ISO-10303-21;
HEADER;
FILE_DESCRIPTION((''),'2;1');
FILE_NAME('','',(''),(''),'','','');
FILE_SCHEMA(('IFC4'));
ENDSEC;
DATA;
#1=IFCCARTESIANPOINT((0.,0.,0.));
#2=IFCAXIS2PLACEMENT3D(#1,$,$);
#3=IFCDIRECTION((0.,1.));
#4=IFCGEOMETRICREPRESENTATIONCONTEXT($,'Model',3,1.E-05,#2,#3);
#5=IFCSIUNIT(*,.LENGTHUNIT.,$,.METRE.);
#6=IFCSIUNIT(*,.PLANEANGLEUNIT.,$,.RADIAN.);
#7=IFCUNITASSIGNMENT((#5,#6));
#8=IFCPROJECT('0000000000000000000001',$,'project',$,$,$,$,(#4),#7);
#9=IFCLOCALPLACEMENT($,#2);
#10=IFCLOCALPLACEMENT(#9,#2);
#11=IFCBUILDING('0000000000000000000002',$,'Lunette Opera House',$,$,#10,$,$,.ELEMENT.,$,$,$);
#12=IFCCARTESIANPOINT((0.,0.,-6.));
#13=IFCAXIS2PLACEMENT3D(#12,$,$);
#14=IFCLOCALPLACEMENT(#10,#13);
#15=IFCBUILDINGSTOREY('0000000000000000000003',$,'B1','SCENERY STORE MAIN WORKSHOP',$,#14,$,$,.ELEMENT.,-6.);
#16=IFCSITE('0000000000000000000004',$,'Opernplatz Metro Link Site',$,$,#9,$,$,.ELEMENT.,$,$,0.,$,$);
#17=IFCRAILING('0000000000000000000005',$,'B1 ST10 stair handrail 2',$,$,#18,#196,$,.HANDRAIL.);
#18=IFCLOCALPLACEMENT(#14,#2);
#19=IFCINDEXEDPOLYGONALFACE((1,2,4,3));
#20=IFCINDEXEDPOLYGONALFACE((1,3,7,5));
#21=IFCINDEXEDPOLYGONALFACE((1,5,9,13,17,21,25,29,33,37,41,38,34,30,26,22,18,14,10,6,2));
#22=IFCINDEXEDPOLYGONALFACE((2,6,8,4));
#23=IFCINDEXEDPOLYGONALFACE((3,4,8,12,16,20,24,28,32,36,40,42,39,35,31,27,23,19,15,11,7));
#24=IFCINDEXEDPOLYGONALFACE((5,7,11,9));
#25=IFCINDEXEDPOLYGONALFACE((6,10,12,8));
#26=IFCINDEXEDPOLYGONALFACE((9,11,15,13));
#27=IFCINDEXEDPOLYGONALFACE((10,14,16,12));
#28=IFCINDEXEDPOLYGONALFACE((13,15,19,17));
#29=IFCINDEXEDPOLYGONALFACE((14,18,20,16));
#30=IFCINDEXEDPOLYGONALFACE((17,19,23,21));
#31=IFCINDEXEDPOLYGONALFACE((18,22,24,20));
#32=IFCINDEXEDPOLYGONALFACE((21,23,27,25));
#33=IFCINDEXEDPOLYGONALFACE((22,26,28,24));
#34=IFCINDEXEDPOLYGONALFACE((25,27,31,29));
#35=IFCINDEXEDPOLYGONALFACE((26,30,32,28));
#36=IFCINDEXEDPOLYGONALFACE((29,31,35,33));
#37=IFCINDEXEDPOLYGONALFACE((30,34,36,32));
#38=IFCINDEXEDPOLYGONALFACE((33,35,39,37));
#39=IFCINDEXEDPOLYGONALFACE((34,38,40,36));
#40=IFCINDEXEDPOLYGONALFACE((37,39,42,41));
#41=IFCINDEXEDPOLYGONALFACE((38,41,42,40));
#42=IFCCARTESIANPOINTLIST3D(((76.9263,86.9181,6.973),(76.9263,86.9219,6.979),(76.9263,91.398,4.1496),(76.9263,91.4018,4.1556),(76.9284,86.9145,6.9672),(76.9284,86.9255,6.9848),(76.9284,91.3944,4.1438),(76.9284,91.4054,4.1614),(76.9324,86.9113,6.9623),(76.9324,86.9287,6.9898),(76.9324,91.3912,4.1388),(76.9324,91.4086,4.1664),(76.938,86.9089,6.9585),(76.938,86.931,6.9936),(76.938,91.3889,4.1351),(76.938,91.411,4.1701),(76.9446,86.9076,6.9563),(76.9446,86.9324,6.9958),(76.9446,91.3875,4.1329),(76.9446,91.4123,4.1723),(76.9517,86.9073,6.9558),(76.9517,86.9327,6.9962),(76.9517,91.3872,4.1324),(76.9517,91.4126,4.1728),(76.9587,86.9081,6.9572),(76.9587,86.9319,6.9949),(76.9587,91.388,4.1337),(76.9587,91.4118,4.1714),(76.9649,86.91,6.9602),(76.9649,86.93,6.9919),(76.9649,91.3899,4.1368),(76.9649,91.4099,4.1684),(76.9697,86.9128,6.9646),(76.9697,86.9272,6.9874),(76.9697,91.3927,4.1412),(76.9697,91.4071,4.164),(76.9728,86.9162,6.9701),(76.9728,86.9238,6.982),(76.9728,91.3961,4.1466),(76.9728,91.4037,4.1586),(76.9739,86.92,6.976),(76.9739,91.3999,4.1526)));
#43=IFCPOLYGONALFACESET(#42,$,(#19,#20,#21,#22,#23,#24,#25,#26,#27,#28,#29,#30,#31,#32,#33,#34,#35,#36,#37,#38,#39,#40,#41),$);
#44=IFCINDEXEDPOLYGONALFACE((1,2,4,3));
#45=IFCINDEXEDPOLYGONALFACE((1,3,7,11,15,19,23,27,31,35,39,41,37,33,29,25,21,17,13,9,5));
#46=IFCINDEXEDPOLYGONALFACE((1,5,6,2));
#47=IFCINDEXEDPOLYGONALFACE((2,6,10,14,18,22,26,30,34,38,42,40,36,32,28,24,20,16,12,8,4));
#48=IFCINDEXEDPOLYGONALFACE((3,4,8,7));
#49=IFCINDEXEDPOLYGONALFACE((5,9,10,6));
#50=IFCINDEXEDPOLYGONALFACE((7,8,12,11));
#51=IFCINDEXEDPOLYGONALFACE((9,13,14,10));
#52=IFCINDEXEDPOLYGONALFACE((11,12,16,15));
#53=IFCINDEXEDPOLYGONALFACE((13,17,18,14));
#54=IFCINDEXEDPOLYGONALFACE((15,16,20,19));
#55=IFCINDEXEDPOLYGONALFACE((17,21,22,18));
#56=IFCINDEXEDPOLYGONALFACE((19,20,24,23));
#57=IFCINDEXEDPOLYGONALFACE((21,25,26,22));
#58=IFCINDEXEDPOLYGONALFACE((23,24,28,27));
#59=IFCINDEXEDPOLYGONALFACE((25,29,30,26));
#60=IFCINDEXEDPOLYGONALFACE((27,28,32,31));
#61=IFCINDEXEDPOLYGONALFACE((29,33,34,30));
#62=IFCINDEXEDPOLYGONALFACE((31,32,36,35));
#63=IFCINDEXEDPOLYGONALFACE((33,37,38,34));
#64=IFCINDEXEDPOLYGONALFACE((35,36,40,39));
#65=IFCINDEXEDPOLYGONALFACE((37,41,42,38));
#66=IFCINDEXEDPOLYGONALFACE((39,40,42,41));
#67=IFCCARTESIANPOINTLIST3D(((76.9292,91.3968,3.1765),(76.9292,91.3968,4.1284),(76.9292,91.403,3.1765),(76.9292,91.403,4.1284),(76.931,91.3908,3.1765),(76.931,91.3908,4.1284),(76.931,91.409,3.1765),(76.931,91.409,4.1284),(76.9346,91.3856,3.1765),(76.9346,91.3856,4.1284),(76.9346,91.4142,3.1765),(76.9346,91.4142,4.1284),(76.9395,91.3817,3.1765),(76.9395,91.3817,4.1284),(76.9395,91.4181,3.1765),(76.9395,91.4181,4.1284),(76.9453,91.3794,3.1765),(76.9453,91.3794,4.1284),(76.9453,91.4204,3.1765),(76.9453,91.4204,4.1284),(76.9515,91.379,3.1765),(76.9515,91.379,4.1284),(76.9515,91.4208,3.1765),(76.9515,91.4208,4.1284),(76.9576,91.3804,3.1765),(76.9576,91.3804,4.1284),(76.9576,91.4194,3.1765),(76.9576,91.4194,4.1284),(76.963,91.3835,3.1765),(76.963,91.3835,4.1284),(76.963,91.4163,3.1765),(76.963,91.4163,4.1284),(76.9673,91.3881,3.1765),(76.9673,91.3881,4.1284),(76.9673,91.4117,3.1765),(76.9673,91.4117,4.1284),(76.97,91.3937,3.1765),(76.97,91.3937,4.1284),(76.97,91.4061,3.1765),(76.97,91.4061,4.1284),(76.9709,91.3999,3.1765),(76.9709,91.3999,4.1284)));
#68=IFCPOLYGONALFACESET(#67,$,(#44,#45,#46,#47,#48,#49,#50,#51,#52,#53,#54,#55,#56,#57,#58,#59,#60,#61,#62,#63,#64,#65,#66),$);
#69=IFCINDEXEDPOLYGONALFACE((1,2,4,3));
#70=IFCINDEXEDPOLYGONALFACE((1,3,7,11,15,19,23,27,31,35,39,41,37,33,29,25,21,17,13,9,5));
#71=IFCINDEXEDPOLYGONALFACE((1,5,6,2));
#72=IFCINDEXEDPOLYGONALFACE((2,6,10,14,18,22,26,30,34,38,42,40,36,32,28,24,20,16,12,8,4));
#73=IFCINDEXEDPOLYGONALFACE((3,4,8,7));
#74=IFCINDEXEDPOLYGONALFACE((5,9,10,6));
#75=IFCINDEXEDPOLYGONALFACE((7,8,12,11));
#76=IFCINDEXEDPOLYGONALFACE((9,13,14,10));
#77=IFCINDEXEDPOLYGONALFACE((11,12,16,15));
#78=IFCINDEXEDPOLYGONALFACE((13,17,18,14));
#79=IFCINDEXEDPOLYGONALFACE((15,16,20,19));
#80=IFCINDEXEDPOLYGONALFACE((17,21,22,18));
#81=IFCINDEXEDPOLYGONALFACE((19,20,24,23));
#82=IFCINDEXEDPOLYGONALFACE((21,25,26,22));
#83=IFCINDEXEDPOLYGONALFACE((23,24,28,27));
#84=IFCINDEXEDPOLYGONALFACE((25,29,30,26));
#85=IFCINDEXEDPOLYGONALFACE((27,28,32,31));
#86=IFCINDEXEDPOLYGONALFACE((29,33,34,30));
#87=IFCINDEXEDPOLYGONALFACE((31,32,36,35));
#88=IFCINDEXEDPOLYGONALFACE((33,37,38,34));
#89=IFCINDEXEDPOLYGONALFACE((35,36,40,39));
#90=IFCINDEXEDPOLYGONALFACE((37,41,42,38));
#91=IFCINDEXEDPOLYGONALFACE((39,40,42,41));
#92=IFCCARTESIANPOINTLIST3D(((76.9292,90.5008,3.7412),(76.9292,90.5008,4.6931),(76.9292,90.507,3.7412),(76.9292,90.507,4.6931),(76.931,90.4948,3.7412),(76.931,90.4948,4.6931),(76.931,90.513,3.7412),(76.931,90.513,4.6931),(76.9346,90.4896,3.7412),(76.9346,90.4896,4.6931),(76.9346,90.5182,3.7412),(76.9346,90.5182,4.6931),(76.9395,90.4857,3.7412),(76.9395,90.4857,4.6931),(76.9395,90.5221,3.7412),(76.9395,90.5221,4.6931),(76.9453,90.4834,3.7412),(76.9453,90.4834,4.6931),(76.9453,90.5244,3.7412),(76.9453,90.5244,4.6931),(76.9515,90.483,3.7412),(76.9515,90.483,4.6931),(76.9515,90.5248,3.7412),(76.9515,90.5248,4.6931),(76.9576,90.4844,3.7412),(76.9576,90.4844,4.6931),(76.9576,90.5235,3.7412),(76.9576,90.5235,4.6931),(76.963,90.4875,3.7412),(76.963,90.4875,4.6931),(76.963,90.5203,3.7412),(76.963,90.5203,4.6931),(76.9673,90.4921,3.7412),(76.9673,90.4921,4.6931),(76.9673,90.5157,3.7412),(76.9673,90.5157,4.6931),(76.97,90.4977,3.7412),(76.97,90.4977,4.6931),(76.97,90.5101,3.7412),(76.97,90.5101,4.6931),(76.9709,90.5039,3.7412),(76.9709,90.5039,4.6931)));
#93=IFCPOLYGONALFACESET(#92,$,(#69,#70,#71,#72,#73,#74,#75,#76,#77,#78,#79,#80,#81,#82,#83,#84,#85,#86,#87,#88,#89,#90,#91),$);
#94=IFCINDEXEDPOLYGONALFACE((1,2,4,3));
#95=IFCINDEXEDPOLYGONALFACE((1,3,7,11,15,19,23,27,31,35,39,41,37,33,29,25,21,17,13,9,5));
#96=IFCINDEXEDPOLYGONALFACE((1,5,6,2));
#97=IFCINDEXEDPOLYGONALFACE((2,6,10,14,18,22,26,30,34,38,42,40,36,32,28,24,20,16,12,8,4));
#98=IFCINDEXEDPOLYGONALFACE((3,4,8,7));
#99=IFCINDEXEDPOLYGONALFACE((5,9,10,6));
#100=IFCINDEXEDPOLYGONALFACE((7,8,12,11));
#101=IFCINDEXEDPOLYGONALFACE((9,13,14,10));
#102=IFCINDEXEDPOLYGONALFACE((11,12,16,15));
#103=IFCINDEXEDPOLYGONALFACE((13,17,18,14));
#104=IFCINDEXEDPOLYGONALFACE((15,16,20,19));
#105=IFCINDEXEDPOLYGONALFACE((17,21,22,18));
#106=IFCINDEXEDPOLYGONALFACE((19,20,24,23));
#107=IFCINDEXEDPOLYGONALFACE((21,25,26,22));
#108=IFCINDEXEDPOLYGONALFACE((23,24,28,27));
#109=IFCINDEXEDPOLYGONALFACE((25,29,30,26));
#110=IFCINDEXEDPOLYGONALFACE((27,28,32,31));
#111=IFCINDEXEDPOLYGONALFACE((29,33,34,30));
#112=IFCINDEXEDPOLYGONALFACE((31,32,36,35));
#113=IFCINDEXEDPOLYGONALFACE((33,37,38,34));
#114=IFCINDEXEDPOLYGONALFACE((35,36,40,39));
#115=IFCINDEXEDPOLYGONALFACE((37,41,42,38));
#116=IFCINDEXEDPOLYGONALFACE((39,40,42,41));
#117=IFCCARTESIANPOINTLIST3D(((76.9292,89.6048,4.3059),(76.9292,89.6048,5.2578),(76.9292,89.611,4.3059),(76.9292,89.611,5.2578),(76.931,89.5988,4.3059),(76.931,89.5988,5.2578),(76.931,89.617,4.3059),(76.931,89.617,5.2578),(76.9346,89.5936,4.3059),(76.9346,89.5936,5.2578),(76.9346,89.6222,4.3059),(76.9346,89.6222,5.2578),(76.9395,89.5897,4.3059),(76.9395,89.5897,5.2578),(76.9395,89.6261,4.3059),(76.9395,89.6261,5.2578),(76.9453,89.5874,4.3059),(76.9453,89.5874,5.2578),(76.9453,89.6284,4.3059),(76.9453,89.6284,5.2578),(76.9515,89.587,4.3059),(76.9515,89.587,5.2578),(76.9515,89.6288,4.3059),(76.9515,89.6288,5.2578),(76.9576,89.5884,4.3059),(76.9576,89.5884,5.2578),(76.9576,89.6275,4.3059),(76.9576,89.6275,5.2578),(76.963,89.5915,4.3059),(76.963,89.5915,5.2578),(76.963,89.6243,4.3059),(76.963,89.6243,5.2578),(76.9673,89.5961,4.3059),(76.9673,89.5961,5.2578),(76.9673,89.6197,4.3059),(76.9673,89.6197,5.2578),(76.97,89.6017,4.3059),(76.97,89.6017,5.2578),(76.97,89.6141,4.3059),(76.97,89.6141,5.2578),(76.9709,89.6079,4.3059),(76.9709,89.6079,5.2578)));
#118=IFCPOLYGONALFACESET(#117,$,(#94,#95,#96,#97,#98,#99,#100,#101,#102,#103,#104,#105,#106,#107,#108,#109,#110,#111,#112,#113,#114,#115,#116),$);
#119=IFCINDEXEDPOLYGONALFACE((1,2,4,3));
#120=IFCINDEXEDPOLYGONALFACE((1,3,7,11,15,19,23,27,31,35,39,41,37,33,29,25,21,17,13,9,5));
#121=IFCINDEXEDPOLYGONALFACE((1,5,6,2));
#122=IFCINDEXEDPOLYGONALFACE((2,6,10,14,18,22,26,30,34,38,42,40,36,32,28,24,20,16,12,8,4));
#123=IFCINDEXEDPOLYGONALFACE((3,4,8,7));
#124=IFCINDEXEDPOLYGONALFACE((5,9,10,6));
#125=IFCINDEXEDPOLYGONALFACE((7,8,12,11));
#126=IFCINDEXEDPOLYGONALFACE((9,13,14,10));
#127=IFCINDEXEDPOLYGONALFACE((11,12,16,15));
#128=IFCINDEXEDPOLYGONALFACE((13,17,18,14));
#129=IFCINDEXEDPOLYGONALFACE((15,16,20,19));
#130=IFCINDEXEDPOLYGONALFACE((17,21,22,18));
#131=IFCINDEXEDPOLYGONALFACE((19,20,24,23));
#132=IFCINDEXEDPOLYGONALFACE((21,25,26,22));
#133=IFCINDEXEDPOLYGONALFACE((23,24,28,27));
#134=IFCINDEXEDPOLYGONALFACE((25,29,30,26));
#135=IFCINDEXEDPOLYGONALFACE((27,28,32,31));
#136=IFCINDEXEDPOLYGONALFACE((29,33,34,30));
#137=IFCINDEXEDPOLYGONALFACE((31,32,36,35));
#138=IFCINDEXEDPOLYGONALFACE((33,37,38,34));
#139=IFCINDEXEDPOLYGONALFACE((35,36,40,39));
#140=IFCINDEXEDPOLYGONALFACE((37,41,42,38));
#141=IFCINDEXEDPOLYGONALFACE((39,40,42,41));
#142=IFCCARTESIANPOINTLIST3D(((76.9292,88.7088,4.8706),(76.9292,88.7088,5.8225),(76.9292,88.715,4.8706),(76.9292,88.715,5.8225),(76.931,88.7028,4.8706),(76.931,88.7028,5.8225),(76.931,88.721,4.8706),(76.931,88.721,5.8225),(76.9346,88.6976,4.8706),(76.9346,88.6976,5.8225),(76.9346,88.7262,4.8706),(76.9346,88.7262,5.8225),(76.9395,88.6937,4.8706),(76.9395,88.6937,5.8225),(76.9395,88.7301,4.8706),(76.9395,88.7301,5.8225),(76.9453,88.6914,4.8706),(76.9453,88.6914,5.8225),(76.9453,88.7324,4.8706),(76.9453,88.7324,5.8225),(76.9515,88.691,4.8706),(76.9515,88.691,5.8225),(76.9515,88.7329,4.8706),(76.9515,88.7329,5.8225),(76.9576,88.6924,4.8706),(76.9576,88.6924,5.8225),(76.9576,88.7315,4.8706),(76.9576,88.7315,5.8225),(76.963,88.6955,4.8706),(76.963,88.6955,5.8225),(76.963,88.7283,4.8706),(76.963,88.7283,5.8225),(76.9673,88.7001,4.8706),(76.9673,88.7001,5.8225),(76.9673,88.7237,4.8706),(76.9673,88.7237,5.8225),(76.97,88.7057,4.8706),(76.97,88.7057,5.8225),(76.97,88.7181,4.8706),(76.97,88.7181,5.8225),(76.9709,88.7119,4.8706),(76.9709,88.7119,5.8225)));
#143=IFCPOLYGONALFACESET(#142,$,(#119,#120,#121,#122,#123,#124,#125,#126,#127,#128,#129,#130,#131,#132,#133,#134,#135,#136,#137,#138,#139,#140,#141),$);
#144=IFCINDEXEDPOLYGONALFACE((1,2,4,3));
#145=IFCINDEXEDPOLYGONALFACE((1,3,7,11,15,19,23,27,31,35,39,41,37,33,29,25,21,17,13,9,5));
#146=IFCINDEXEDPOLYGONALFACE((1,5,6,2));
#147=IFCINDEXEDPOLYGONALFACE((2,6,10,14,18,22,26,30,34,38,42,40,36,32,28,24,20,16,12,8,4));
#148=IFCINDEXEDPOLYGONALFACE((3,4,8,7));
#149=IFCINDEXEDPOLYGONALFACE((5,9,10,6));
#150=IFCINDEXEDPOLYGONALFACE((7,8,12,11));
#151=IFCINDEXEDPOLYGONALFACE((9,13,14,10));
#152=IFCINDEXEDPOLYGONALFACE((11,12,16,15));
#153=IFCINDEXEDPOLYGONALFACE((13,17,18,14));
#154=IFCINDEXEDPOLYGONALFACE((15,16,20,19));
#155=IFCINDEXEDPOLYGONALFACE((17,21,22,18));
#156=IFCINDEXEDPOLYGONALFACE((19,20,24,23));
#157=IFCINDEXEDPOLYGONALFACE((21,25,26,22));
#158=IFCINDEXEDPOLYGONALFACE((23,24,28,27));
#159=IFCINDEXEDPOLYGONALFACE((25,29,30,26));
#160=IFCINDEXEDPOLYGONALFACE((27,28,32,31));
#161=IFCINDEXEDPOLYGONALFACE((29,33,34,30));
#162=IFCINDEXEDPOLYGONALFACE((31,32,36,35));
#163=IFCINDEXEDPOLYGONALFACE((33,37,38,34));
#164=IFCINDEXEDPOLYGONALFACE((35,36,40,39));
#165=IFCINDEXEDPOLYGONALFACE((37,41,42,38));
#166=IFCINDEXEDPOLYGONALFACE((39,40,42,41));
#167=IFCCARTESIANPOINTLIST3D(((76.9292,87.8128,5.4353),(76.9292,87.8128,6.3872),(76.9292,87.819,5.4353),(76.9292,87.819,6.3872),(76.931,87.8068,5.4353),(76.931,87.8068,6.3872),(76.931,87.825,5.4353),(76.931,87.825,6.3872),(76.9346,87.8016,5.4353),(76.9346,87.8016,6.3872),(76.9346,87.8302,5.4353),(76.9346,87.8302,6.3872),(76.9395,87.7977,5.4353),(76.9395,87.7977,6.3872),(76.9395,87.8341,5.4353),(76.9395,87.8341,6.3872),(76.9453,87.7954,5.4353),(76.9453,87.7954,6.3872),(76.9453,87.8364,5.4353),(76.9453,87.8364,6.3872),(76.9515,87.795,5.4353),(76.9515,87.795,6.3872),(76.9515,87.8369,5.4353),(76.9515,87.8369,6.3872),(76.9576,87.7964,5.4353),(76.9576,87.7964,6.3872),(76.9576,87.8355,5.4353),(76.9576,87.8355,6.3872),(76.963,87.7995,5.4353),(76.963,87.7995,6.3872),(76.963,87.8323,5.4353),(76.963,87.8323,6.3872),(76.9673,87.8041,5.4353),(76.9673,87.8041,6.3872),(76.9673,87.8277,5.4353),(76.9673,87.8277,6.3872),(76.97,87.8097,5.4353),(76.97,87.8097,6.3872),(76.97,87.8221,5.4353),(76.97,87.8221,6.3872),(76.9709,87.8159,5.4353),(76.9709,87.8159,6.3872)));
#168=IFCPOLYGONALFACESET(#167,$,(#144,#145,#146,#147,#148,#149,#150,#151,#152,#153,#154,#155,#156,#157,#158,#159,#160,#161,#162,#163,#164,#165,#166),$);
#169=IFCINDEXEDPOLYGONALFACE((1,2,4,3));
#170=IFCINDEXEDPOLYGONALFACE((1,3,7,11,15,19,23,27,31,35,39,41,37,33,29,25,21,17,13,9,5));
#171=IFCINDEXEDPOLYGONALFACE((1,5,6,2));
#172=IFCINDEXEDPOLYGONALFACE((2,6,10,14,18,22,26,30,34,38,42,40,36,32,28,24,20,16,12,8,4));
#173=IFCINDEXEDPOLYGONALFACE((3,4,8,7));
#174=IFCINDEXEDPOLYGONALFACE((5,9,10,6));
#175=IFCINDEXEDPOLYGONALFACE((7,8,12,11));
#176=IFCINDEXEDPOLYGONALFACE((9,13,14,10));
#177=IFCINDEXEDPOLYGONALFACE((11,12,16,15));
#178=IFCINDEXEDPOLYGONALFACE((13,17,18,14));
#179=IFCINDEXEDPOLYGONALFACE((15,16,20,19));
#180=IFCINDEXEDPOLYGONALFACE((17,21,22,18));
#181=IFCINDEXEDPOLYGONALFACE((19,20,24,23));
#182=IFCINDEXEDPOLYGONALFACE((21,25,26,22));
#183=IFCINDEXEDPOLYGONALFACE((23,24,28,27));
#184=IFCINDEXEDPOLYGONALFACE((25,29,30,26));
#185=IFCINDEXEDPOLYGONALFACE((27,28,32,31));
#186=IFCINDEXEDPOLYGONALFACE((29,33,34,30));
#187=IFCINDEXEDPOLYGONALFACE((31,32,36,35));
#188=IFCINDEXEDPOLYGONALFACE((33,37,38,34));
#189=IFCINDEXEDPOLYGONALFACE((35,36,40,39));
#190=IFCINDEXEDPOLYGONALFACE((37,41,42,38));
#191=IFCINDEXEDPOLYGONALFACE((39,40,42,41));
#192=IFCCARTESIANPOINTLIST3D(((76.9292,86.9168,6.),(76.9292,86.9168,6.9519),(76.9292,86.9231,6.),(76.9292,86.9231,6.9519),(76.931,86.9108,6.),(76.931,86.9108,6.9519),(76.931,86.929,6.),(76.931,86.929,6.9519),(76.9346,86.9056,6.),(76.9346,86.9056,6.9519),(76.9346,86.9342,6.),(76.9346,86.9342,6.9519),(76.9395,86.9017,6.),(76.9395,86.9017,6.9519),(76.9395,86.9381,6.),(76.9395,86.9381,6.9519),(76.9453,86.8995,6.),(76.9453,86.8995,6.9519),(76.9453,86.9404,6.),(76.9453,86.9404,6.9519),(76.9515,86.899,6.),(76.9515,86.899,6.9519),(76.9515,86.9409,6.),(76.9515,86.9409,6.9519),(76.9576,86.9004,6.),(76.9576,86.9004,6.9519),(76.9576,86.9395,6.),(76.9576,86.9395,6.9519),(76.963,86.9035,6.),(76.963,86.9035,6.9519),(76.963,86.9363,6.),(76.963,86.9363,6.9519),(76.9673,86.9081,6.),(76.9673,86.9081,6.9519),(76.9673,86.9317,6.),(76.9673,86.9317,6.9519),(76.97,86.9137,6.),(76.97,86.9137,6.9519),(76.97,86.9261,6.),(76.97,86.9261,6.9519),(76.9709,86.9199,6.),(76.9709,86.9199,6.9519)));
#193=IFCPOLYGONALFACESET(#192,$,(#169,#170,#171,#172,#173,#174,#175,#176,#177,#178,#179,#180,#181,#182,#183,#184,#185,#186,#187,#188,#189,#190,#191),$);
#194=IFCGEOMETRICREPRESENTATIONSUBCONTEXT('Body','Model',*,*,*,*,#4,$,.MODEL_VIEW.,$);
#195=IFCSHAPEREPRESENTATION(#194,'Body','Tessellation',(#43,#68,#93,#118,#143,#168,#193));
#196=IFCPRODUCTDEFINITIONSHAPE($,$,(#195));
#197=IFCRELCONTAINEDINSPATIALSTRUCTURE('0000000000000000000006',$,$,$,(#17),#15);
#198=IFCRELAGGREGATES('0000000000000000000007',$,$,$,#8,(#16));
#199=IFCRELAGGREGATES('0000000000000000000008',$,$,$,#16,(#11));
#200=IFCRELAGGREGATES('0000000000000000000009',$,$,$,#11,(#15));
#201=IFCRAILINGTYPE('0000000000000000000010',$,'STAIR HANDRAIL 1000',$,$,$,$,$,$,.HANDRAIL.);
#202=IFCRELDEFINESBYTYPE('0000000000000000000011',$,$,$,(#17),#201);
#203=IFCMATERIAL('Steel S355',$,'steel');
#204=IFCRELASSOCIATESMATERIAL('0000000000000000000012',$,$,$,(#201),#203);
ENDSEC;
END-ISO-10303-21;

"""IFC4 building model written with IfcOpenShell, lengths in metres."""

from ifc_helpers import new_model, si_unit, direction, frame, origin, origin_2d, place, context, subcontext, project, spatial, circle, extrude, material, type_object, element, save


model = new_model("IFC4")

# Units and contexts
model_context = context("Model", 3, precision=1e-05, world=origin(), true_north=direction((0.0, 1.0)))
body_context = subcontext(model_context, "Body", "Model", "MODEL_VIEW")
ifc_project = project(units=[si_unit("LENGTHUNIT", "METRE"), si_unit("PLANEANGLEUNIT", "RADIAN")], contexts=[model_context])

# Site, building, storey
site_placement = place(None, origin())
site = spatial("IfcSite", under=ifc_project, at=site_placement, Name="Opernplatz Metro Link Site", CompositionType="ELEMENT", RefElevation=0.0)
building_placement = place(site_placement, origin())
building = spatial("IfcBuilding", under=site, at=building_placement, Name="Lunette Opera House", CompositionType="ELEMENT")
storey_placement = place(building_placement, frame((0.0, 0.0, -6.0)))
storey = spatial("IfcBuildingStorey", under=building, at=storey_placement, Name="B1", Description="SCENERY STORE MAIN WORKSHOP", CompositionType="ELEMENT", Elevation=-6.0)

# Railing
ifc_material_1 = material(Name="Steel S355", Category="steel")
railing_type_1 = type_object("IfcRailingType", Name="STAIR HANDRAIL 1000", PredefinedType="HANDRAIL", material=ifc_material_1)
railing_1_placement = place(storey_placement, frame((76.95, 91.3999, 3.1765)))
element("IfcRailing", 1, at=railing_1_placement, inside=storey, type_object=railing_type_1, Name="B1 ST10 stair handrail 2", PredefinedType="HANDRAIL", context=body_context, shape_type="SweptSolid", body=[
    extrude(circle(Radius=0.0239, at=origin_2d()), frame((0.0, 0.0, 0.9761), z_axis=(0.0, -0.845998, 0.533186), x_axis=(1.0, 0.0, 0.0)), (0.0, 0.0, 1.0), 5.2954),
    extrude(circle(Radius=0.021, at=origin_2d()), origin(), (0.0, 0.0, 1.0), 0.9519),
    extrude(circle(Radius=0.021, at=origin_2d()), frame((0.0, -0.896, 0.5647)), (0.0, 0.0, 1.0), 0.9519),
    extrude(circle(Radius=0.021, at=origin_2d()), frame((0.0, -1.792, 1.1294)), (0.0, 0.0, 1.0), 0.9519),
    extrude(circle(Radius=0.021, at=origin_2d()), frame((0.0, -2.688, 1.6941)), (0.0, 0.0, 1.0), 0.9519),
    extrude(circle(Radius=0.021, at=origin_2d()), frame((0.0, -3.584, 2.2588)), (0.0, 0.0, 1.0), 0.9519),
    extrude(circle(Radius=0.021, at=origin_2d()), frame((0.0, -4.48, 2.8235)), (0.0, 0.0, 1.0), 0.9519),
])

save(model, "model.ifc")
